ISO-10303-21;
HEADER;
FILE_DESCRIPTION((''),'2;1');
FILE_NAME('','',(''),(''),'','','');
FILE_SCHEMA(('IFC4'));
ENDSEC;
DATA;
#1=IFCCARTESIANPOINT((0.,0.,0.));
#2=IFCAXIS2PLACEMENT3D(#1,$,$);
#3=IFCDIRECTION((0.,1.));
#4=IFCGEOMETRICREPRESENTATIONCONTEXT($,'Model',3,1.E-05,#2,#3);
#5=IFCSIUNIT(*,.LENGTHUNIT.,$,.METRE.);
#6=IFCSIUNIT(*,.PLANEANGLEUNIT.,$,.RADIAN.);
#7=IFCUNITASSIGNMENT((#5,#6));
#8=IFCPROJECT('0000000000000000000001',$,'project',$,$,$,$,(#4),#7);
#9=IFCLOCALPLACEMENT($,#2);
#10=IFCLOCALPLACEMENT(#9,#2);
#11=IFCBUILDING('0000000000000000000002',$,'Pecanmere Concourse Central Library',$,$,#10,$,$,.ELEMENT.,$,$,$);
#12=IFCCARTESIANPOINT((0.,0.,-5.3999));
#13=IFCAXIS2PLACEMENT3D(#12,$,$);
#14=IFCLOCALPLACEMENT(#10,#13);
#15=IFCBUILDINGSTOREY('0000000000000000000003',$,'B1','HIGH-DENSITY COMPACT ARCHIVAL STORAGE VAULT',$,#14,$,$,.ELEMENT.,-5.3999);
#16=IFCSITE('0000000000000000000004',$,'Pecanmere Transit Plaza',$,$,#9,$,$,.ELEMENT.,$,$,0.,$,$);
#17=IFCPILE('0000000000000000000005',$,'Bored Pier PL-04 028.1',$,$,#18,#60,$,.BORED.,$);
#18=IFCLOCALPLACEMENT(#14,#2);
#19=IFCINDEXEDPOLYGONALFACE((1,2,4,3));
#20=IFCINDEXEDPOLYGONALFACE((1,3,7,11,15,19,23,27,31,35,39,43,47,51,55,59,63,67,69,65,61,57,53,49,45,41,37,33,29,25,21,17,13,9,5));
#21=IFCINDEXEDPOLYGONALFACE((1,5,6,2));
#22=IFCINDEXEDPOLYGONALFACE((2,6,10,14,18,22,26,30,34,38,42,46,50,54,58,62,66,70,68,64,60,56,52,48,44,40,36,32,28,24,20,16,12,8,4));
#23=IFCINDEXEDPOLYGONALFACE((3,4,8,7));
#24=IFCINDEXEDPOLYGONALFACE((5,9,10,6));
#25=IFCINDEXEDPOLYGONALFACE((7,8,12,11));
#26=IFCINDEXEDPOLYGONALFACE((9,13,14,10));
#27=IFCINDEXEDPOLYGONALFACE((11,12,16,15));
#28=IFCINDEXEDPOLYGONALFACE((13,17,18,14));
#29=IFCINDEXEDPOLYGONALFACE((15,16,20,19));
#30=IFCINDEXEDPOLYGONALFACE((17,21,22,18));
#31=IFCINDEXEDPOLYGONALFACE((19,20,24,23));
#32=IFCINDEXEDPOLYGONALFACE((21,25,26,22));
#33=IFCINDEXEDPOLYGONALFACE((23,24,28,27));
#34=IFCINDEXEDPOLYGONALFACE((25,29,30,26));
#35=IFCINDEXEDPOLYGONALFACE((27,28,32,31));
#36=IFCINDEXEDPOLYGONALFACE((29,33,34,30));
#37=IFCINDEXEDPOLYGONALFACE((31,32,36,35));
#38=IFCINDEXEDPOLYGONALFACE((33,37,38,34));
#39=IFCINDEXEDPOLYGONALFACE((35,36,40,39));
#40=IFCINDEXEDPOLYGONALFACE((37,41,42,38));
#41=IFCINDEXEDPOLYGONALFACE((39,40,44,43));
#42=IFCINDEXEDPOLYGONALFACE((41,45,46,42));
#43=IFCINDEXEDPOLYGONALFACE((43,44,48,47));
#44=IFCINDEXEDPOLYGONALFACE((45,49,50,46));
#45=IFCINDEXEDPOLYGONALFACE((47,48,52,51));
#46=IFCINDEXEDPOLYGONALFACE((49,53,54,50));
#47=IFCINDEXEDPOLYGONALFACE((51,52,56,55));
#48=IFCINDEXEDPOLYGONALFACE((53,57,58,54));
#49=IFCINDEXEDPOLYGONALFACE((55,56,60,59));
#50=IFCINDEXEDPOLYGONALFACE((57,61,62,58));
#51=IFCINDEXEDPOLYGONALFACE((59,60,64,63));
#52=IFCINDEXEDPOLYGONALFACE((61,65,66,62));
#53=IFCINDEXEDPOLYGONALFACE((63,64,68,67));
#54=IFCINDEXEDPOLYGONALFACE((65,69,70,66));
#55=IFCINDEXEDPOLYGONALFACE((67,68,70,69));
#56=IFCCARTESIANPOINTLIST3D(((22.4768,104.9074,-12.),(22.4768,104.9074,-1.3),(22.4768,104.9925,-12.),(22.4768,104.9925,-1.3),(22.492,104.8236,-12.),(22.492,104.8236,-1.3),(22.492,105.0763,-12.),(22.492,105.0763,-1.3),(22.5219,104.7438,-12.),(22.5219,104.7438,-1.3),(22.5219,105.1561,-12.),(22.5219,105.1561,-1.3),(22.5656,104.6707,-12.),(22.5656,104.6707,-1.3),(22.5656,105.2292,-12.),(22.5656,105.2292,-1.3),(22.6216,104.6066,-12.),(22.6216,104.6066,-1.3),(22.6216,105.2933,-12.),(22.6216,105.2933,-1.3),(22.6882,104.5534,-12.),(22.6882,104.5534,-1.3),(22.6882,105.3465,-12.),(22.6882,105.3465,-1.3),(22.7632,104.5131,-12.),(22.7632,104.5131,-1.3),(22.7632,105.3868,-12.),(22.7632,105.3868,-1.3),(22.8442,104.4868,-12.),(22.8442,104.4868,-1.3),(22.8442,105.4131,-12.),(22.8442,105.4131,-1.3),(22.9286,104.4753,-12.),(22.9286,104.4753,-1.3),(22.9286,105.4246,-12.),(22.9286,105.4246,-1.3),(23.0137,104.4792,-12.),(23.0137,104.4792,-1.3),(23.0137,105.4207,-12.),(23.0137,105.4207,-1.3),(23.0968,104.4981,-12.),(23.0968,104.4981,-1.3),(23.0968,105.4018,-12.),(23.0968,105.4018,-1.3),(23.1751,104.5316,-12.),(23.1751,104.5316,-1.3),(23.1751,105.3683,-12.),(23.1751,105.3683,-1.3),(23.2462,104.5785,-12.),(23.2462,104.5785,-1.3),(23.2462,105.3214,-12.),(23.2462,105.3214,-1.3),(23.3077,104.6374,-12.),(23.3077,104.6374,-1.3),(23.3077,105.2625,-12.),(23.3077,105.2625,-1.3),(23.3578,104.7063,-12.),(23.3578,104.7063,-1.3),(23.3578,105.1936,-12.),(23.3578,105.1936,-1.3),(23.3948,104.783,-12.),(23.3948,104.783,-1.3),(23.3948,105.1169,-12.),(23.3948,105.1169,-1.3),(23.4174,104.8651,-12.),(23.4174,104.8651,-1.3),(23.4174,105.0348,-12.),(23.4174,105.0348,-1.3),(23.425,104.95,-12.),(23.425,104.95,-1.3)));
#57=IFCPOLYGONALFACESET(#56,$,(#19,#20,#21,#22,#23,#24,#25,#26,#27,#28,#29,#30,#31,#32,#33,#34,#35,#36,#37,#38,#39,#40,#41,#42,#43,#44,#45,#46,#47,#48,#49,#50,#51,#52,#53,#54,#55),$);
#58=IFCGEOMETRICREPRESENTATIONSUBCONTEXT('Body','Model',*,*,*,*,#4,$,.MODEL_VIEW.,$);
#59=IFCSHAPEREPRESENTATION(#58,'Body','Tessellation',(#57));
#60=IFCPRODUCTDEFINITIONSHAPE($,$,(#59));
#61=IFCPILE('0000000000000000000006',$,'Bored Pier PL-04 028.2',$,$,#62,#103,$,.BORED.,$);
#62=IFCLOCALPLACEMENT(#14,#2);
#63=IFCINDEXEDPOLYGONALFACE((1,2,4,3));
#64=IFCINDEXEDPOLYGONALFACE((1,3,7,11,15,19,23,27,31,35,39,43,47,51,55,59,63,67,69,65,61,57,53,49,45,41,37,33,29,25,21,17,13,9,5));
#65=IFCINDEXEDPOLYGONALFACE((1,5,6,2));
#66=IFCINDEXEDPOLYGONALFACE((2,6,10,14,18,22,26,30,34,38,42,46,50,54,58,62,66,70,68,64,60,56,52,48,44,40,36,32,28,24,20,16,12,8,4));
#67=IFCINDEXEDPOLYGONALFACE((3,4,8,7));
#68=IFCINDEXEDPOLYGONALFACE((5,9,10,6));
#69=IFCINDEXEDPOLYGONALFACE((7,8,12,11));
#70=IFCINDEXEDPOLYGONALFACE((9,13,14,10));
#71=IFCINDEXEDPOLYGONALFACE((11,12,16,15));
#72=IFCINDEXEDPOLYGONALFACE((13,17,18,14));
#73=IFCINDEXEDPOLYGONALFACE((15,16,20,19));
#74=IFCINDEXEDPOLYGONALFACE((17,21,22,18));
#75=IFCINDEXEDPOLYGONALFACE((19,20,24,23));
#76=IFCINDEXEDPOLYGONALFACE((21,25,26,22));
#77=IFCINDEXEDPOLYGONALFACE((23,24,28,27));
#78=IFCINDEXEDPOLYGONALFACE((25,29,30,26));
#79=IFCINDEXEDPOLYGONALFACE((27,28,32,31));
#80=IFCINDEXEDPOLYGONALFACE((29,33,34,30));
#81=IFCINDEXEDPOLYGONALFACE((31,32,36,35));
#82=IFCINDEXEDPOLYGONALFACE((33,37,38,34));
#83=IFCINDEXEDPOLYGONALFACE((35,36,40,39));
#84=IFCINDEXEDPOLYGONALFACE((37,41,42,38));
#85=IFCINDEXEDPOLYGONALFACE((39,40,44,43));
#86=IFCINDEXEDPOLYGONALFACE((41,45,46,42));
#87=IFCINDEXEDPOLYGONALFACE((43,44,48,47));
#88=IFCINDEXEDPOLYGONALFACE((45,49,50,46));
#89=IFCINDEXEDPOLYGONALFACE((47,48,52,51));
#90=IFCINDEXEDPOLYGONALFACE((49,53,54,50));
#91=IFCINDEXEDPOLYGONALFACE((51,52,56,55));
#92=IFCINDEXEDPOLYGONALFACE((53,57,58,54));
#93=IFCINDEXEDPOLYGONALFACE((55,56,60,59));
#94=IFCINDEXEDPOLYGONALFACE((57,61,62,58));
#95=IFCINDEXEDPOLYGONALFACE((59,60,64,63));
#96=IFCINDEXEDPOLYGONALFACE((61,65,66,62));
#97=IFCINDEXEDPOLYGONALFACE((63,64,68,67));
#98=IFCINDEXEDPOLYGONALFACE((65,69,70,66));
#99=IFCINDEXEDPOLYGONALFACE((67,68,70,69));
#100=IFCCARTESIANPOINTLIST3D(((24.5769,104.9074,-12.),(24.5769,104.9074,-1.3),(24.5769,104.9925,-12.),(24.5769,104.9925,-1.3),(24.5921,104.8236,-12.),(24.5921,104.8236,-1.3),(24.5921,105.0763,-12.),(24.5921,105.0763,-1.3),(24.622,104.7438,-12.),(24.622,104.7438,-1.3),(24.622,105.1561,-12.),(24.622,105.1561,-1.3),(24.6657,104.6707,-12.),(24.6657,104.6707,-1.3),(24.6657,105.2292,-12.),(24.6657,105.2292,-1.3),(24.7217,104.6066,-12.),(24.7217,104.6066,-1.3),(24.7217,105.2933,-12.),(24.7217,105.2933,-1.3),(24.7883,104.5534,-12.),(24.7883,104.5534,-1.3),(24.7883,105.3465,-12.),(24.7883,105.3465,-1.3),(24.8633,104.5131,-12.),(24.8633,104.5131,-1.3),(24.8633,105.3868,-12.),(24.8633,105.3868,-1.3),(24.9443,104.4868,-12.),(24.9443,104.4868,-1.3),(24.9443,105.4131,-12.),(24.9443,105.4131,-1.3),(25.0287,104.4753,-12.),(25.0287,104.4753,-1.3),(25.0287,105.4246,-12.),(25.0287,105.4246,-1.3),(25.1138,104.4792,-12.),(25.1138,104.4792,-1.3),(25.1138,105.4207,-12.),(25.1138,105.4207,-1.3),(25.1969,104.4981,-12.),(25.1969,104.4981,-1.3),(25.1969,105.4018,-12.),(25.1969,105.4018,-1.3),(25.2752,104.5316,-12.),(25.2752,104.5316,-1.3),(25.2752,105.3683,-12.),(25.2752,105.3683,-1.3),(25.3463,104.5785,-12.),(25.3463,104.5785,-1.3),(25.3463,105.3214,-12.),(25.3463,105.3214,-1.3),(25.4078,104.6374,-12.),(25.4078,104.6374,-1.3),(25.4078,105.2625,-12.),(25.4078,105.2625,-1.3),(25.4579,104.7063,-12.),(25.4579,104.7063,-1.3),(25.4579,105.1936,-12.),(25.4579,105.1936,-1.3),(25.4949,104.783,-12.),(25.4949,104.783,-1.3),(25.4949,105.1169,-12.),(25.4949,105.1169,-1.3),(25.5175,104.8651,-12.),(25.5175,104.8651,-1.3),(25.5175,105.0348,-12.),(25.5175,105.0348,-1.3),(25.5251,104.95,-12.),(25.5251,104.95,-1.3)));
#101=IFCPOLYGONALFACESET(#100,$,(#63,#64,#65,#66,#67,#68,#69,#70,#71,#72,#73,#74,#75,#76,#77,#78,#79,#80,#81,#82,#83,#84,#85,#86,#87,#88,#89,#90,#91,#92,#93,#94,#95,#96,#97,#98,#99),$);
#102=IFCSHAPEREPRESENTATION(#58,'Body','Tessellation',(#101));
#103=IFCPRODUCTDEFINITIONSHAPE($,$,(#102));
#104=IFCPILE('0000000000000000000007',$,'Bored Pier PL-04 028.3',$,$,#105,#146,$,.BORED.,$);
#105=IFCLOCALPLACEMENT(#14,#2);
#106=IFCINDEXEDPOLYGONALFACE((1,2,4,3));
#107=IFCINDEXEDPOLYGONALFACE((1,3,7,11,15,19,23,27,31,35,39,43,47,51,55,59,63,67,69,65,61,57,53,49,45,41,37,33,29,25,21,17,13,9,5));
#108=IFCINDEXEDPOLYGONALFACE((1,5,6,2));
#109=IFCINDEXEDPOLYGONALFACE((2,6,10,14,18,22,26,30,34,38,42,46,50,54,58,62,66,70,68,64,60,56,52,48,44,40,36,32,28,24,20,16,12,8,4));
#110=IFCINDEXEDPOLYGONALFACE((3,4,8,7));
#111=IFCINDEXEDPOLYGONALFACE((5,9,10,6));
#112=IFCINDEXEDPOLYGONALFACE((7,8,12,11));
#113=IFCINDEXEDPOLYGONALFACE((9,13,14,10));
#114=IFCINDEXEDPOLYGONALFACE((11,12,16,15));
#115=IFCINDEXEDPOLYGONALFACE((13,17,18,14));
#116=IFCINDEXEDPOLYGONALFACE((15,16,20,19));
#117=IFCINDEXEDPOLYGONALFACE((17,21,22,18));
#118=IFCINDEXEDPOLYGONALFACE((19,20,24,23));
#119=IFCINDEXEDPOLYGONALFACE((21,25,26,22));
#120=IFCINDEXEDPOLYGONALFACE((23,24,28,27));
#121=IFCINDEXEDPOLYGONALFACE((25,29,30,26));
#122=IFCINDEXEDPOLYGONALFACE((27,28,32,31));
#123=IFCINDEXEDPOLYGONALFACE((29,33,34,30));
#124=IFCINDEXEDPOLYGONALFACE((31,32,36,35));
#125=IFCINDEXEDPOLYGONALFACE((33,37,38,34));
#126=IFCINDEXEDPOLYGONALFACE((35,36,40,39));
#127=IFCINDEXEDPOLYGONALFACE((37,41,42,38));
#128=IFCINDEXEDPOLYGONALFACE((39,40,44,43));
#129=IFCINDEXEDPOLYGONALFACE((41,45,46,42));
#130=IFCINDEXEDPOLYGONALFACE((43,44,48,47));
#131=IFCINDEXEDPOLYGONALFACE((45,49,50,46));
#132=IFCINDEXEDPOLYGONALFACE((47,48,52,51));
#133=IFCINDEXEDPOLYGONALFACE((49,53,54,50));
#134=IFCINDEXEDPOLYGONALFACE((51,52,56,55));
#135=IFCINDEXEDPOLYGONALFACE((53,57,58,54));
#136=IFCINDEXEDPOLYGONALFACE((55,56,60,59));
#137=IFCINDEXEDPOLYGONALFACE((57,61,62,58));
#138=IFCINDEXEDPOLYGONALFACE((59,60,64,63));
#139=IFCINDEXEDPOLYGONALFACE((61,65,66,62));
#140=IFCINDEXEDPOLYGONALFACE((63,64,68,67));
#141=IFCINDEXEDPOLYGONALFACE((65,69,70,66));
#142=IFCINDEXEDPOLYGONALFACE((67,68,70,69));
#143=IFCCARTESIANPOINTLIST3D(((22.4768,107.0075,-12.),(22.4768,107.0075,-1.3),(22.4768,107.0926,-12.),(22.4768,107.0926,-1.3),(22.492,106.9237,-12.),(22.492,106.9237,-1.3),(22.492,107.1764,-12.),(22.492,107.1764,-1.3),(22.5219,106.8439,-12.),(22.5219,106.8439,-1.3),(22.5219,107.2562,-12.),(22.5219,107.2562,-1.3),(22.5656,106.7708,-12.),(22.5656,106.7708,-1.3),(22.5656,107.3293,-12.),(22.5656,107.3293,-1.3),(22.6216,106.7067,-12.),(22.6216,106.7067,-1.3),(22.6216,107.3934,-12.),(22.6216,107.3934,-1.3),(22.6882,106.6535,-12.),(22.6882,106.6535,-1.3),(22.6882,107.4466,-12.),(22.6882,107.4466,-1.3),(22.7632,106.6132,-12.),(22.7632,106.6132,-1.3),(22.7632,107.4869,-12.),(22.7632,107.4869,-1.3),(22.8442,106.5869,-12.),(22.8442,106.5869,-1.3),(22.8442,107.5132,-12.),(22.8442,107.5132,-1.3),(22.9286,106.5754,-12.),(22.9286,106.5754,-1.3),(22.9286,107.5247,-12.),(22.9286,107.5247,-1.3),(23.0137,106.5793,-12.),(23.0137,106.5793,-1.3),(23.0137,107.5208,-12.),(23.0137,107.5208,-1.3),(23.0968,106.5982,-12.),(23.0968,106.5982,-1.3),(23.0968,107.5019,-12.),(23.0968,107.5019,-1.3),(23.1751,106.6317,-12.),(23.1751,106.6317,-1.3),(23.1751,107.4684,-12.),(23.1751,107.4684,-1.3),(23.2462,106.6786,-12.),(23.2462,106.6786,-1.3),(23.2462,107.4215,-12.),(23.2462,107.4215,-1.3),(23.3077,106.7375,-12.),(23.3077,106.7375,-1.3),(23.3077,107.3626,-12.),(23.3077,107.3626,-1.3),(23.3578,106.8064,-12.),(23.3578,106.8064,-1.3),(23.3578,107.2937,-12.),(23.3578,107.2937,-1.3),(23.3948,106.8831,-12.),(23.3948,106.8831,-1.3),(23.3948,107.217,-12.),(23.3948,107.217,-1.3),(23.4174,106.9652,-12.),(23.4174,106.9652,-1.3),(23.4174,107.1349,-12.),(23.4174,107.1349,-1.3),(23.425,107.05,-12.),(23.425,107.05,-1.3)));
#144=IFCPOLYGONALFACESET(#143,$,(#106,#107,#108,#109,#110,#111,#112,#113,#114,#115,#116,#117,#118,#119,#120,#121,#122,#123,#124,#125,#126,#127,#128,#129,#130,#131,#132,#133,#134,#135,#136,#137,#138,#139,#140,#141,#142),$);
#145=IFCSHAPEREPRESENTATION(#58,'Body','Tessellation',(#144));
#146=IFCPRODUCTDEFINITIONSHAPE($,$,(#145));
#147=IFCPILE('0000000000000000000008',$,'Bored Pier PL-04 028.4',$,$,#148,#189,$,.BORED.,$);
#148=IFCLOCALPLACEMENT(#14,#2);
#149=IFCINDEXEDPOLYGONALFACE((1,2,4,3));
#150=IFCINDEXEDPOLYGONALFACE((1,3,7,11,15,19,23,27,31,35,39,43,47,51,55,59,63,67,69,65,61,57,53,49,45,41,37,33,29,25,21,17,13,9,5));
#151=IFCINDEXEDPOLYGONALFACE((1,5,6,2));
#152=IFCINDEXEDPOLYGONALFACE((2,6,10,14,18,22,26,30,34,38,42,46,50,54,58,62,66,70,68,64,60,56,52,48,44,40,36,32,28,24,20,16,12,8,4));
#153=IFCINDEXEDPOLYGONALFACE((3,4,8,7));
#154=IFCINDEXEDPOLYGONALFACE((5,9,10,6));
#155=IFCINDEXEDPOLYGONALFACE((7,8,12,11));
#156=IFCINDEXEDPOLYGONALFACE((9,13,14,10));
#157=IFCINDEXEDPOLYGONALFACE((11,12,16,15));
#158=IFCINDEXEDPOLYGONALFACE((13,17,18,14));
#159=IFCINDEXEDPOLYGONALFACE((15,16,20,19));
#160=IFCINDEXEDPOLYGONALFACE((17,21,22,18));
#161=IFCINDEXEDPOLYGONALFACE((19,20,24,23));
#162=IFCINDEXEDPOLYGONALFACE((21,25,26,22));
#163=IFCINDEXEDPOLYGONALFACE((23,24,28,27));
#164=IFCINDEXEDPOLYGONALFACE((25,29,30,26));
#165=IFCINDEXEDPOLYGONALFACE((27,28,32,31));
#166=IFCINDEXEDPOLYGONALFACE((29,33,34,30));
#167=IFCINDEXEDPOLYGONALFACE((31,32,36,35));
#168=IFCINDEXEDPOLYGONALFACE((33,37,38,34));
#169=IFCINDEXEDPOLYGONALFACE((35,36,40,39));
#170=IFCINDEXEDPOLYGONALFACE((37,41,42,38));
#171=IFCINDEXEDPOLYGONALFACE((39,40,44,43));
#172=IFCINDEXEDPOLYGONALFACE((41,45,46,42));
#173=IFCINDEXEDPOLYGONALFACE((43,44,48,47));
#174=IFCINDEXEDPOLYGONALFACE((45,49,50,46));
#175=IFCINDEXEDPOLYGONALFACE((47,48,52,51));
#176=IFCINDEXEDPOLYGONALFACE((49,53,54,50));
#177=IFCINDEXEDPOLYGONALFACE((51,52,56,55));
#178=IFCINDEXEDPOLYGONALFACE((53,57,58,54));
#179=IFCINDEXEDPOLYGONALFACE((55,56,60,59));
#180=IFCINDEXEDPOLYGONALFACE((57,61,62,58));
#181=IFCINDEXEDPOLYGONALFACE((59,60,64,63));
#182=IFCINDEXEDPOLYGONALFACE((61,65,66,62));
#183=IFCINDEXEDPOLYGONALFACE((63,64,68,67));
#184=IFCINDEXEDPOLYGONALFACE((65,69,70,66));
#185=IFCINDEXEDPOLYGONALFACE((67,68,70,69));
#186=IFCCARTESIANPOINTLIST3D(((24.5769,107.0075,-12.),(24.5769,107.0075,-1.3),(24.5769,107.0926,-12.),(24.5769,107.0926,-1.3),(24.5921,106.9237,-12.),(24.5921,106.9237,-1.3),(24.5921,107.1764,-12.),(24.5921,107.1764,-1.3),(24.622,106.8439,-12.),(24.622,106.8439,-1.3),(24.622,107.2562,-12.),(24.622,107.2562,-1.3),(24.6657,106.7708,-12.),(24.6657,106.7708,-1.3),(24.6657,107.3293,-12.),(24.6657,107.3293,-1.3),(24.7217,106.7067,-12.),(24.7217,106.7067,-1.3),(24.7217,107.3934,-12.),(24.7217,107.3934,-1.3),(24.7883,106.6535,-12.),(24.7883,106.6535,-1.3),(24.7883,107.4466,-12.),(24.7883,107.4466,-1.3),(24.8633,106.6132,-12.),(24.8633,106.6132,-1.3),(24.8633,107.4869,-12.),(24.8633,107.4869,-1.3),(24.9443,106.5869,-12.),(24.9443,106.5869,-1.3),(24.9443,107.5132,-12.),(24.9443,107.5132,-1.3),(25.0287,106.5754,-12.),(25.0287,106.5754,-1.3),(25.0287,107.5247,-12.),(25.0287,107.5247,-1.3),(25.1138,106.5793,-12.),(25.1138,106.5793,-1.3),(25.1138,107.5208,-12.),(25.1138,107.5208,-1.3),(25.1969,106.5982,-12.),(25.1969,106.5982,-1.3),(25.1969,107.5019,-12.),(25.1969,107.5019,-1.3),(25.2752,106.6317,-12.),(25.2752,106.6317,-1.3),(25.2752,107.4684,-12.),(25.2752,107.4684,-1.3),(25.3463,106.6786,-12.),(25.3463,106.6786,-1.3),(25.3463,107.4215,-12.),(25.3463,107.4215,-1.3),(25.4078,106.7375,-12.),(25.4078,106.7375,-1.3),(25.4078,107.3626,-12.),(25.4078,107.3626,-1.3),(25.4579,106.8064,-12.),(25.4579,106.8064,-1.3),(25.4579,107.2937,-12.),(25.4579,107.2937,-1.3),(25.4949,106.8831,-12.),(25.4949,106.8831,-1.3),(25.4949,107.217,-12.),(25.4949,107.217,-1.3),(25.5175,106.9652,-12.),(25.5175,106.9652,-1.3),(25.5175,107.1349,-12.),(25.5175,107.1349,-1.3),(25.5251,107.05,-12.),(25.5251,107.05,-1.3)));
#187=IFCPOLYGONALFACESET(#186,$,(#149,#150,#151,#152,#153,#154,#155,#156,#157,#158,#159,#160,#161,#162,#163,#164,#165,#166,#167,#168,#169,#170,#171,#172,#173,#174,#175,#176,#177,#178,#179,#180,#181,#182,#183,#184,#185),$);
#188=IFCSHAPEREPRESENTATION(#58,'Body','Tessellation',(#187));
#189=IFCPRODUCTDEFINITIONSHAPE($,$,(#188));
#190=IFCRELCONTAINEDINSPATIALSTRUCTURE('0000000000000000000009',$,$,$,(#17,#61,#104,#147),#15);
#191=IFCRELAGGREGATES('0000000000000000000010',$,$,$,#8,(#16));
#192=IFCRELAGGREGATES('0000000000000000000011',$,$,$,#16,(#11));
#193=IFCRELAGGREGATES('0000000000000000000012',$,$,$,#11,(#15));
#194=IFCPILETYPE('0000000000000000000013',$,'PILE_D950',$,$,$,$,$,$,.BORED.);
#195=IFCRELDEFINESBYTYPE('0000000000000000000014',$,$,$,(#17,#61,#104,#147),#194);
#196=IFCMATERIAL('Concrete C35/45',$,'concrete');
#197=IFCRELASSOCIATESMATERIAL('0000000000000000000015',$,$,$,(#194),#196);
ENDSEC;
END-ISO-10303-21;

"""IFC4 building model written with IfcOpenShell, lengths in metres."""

from ifc_helpers import new_model, si_unit, direction, frame, origin, origin_2d, place, context, subcontext, project, spatial, circle, extrude, material, material_profile, profile_set, type_object, element, save


model = new_model("IFC4")

# Units and contexts
model_context = context("Model", 3, precision=1e-05, world=origin(), true_north=direction((0.0, 1.0)))
body_context = subcontext(model_context, "Body", "Model", "MODEL_VIEW")
ifc_project = project(units=[si_unit("LENGTHUNIT", "METRE"), si_unit("PLANEANGLEUNIT", "RADIAN")], contexts=[model_context])

# Site, building, storey
site_placement = place(None, origin())
site = spatial("IfcSite", under=ifc_project, at=site_placement, Name="Pecanmere Transit Plaza", CompositionType="ELEMENT", RefElevation=0.0)
building_placement = place(site_placement, origin())
building = spatial("IfcBuilding", under=site, at=building_placement, Name="Pecanmere Concourse Central Library", CompositionType="ELEMENT")
storey_placement = place(building_placement, frame((0.0, 0.0, -5.3999)))
storey = spatial("IfcBuildingStorey", under=building, at=storey_placement, Name="B1", Description="HIGH-DENSITY COMPACT ARCHIVAL STORAGE VAULT", CompositionType="ELEMENT", Elevation=-5.3999)

# Piles
ifc_material_1 = material(Name="Concrete C35/45", Category="concrete")
ifc_material_profile_1 = material_profile(ifc_material_1, circle(Radius=0.4751, at=origin_2d()), Name="PIER D950")
ifc_profile_set_1 = profile_set([ifc_material_profile_1], Name="Concrete C35/45")
pile_type = type_object("IfcPileType", Name="PILE_D950", PredefinedType="BORED", material=ifc_profile_set_1)
for number, where, z_axis, x_axis, name in (
    (1, (22.95, 104.95, -1.3), (0.0, 0.0, -1.0), (1.0, 0.0, 0.0), "Bored Pier PL-04 028.1"),
    (2, (25.05, 104.95, -1.3), (0.0, 0.0, -1.0), (1.0, 0.0, 0.0), "Bored Pier PL-04 028.2"),
    (3, (22.95, 107.05, -1.3), (0.0, 0.0, -1.0), (1.0, 0.0, 0.0), "Bored Pier PL-04 028.3"),
    (4, (25.05, 107.05, -1.3), (0.0, 0.0, -1.0), (1.0, 0.0, 0.0), "Bored Pier PL-04 028.4"),
):
    element("IfcPile", number, at=place(storey_placement, frame(where, z_axis=z_axis, x_axis=x_axis)), inside=storey, type_object=pile_type, Name=name, PredefinedType="BORED", context=body_context, shape_type="SweptSolid", body=[
        extrude(circle(Radius=0.4751, at=origin_2d()), origin(), (0.0, 0.0, 1.0), 10.7),
    ])

save(model, "model.ifc")
